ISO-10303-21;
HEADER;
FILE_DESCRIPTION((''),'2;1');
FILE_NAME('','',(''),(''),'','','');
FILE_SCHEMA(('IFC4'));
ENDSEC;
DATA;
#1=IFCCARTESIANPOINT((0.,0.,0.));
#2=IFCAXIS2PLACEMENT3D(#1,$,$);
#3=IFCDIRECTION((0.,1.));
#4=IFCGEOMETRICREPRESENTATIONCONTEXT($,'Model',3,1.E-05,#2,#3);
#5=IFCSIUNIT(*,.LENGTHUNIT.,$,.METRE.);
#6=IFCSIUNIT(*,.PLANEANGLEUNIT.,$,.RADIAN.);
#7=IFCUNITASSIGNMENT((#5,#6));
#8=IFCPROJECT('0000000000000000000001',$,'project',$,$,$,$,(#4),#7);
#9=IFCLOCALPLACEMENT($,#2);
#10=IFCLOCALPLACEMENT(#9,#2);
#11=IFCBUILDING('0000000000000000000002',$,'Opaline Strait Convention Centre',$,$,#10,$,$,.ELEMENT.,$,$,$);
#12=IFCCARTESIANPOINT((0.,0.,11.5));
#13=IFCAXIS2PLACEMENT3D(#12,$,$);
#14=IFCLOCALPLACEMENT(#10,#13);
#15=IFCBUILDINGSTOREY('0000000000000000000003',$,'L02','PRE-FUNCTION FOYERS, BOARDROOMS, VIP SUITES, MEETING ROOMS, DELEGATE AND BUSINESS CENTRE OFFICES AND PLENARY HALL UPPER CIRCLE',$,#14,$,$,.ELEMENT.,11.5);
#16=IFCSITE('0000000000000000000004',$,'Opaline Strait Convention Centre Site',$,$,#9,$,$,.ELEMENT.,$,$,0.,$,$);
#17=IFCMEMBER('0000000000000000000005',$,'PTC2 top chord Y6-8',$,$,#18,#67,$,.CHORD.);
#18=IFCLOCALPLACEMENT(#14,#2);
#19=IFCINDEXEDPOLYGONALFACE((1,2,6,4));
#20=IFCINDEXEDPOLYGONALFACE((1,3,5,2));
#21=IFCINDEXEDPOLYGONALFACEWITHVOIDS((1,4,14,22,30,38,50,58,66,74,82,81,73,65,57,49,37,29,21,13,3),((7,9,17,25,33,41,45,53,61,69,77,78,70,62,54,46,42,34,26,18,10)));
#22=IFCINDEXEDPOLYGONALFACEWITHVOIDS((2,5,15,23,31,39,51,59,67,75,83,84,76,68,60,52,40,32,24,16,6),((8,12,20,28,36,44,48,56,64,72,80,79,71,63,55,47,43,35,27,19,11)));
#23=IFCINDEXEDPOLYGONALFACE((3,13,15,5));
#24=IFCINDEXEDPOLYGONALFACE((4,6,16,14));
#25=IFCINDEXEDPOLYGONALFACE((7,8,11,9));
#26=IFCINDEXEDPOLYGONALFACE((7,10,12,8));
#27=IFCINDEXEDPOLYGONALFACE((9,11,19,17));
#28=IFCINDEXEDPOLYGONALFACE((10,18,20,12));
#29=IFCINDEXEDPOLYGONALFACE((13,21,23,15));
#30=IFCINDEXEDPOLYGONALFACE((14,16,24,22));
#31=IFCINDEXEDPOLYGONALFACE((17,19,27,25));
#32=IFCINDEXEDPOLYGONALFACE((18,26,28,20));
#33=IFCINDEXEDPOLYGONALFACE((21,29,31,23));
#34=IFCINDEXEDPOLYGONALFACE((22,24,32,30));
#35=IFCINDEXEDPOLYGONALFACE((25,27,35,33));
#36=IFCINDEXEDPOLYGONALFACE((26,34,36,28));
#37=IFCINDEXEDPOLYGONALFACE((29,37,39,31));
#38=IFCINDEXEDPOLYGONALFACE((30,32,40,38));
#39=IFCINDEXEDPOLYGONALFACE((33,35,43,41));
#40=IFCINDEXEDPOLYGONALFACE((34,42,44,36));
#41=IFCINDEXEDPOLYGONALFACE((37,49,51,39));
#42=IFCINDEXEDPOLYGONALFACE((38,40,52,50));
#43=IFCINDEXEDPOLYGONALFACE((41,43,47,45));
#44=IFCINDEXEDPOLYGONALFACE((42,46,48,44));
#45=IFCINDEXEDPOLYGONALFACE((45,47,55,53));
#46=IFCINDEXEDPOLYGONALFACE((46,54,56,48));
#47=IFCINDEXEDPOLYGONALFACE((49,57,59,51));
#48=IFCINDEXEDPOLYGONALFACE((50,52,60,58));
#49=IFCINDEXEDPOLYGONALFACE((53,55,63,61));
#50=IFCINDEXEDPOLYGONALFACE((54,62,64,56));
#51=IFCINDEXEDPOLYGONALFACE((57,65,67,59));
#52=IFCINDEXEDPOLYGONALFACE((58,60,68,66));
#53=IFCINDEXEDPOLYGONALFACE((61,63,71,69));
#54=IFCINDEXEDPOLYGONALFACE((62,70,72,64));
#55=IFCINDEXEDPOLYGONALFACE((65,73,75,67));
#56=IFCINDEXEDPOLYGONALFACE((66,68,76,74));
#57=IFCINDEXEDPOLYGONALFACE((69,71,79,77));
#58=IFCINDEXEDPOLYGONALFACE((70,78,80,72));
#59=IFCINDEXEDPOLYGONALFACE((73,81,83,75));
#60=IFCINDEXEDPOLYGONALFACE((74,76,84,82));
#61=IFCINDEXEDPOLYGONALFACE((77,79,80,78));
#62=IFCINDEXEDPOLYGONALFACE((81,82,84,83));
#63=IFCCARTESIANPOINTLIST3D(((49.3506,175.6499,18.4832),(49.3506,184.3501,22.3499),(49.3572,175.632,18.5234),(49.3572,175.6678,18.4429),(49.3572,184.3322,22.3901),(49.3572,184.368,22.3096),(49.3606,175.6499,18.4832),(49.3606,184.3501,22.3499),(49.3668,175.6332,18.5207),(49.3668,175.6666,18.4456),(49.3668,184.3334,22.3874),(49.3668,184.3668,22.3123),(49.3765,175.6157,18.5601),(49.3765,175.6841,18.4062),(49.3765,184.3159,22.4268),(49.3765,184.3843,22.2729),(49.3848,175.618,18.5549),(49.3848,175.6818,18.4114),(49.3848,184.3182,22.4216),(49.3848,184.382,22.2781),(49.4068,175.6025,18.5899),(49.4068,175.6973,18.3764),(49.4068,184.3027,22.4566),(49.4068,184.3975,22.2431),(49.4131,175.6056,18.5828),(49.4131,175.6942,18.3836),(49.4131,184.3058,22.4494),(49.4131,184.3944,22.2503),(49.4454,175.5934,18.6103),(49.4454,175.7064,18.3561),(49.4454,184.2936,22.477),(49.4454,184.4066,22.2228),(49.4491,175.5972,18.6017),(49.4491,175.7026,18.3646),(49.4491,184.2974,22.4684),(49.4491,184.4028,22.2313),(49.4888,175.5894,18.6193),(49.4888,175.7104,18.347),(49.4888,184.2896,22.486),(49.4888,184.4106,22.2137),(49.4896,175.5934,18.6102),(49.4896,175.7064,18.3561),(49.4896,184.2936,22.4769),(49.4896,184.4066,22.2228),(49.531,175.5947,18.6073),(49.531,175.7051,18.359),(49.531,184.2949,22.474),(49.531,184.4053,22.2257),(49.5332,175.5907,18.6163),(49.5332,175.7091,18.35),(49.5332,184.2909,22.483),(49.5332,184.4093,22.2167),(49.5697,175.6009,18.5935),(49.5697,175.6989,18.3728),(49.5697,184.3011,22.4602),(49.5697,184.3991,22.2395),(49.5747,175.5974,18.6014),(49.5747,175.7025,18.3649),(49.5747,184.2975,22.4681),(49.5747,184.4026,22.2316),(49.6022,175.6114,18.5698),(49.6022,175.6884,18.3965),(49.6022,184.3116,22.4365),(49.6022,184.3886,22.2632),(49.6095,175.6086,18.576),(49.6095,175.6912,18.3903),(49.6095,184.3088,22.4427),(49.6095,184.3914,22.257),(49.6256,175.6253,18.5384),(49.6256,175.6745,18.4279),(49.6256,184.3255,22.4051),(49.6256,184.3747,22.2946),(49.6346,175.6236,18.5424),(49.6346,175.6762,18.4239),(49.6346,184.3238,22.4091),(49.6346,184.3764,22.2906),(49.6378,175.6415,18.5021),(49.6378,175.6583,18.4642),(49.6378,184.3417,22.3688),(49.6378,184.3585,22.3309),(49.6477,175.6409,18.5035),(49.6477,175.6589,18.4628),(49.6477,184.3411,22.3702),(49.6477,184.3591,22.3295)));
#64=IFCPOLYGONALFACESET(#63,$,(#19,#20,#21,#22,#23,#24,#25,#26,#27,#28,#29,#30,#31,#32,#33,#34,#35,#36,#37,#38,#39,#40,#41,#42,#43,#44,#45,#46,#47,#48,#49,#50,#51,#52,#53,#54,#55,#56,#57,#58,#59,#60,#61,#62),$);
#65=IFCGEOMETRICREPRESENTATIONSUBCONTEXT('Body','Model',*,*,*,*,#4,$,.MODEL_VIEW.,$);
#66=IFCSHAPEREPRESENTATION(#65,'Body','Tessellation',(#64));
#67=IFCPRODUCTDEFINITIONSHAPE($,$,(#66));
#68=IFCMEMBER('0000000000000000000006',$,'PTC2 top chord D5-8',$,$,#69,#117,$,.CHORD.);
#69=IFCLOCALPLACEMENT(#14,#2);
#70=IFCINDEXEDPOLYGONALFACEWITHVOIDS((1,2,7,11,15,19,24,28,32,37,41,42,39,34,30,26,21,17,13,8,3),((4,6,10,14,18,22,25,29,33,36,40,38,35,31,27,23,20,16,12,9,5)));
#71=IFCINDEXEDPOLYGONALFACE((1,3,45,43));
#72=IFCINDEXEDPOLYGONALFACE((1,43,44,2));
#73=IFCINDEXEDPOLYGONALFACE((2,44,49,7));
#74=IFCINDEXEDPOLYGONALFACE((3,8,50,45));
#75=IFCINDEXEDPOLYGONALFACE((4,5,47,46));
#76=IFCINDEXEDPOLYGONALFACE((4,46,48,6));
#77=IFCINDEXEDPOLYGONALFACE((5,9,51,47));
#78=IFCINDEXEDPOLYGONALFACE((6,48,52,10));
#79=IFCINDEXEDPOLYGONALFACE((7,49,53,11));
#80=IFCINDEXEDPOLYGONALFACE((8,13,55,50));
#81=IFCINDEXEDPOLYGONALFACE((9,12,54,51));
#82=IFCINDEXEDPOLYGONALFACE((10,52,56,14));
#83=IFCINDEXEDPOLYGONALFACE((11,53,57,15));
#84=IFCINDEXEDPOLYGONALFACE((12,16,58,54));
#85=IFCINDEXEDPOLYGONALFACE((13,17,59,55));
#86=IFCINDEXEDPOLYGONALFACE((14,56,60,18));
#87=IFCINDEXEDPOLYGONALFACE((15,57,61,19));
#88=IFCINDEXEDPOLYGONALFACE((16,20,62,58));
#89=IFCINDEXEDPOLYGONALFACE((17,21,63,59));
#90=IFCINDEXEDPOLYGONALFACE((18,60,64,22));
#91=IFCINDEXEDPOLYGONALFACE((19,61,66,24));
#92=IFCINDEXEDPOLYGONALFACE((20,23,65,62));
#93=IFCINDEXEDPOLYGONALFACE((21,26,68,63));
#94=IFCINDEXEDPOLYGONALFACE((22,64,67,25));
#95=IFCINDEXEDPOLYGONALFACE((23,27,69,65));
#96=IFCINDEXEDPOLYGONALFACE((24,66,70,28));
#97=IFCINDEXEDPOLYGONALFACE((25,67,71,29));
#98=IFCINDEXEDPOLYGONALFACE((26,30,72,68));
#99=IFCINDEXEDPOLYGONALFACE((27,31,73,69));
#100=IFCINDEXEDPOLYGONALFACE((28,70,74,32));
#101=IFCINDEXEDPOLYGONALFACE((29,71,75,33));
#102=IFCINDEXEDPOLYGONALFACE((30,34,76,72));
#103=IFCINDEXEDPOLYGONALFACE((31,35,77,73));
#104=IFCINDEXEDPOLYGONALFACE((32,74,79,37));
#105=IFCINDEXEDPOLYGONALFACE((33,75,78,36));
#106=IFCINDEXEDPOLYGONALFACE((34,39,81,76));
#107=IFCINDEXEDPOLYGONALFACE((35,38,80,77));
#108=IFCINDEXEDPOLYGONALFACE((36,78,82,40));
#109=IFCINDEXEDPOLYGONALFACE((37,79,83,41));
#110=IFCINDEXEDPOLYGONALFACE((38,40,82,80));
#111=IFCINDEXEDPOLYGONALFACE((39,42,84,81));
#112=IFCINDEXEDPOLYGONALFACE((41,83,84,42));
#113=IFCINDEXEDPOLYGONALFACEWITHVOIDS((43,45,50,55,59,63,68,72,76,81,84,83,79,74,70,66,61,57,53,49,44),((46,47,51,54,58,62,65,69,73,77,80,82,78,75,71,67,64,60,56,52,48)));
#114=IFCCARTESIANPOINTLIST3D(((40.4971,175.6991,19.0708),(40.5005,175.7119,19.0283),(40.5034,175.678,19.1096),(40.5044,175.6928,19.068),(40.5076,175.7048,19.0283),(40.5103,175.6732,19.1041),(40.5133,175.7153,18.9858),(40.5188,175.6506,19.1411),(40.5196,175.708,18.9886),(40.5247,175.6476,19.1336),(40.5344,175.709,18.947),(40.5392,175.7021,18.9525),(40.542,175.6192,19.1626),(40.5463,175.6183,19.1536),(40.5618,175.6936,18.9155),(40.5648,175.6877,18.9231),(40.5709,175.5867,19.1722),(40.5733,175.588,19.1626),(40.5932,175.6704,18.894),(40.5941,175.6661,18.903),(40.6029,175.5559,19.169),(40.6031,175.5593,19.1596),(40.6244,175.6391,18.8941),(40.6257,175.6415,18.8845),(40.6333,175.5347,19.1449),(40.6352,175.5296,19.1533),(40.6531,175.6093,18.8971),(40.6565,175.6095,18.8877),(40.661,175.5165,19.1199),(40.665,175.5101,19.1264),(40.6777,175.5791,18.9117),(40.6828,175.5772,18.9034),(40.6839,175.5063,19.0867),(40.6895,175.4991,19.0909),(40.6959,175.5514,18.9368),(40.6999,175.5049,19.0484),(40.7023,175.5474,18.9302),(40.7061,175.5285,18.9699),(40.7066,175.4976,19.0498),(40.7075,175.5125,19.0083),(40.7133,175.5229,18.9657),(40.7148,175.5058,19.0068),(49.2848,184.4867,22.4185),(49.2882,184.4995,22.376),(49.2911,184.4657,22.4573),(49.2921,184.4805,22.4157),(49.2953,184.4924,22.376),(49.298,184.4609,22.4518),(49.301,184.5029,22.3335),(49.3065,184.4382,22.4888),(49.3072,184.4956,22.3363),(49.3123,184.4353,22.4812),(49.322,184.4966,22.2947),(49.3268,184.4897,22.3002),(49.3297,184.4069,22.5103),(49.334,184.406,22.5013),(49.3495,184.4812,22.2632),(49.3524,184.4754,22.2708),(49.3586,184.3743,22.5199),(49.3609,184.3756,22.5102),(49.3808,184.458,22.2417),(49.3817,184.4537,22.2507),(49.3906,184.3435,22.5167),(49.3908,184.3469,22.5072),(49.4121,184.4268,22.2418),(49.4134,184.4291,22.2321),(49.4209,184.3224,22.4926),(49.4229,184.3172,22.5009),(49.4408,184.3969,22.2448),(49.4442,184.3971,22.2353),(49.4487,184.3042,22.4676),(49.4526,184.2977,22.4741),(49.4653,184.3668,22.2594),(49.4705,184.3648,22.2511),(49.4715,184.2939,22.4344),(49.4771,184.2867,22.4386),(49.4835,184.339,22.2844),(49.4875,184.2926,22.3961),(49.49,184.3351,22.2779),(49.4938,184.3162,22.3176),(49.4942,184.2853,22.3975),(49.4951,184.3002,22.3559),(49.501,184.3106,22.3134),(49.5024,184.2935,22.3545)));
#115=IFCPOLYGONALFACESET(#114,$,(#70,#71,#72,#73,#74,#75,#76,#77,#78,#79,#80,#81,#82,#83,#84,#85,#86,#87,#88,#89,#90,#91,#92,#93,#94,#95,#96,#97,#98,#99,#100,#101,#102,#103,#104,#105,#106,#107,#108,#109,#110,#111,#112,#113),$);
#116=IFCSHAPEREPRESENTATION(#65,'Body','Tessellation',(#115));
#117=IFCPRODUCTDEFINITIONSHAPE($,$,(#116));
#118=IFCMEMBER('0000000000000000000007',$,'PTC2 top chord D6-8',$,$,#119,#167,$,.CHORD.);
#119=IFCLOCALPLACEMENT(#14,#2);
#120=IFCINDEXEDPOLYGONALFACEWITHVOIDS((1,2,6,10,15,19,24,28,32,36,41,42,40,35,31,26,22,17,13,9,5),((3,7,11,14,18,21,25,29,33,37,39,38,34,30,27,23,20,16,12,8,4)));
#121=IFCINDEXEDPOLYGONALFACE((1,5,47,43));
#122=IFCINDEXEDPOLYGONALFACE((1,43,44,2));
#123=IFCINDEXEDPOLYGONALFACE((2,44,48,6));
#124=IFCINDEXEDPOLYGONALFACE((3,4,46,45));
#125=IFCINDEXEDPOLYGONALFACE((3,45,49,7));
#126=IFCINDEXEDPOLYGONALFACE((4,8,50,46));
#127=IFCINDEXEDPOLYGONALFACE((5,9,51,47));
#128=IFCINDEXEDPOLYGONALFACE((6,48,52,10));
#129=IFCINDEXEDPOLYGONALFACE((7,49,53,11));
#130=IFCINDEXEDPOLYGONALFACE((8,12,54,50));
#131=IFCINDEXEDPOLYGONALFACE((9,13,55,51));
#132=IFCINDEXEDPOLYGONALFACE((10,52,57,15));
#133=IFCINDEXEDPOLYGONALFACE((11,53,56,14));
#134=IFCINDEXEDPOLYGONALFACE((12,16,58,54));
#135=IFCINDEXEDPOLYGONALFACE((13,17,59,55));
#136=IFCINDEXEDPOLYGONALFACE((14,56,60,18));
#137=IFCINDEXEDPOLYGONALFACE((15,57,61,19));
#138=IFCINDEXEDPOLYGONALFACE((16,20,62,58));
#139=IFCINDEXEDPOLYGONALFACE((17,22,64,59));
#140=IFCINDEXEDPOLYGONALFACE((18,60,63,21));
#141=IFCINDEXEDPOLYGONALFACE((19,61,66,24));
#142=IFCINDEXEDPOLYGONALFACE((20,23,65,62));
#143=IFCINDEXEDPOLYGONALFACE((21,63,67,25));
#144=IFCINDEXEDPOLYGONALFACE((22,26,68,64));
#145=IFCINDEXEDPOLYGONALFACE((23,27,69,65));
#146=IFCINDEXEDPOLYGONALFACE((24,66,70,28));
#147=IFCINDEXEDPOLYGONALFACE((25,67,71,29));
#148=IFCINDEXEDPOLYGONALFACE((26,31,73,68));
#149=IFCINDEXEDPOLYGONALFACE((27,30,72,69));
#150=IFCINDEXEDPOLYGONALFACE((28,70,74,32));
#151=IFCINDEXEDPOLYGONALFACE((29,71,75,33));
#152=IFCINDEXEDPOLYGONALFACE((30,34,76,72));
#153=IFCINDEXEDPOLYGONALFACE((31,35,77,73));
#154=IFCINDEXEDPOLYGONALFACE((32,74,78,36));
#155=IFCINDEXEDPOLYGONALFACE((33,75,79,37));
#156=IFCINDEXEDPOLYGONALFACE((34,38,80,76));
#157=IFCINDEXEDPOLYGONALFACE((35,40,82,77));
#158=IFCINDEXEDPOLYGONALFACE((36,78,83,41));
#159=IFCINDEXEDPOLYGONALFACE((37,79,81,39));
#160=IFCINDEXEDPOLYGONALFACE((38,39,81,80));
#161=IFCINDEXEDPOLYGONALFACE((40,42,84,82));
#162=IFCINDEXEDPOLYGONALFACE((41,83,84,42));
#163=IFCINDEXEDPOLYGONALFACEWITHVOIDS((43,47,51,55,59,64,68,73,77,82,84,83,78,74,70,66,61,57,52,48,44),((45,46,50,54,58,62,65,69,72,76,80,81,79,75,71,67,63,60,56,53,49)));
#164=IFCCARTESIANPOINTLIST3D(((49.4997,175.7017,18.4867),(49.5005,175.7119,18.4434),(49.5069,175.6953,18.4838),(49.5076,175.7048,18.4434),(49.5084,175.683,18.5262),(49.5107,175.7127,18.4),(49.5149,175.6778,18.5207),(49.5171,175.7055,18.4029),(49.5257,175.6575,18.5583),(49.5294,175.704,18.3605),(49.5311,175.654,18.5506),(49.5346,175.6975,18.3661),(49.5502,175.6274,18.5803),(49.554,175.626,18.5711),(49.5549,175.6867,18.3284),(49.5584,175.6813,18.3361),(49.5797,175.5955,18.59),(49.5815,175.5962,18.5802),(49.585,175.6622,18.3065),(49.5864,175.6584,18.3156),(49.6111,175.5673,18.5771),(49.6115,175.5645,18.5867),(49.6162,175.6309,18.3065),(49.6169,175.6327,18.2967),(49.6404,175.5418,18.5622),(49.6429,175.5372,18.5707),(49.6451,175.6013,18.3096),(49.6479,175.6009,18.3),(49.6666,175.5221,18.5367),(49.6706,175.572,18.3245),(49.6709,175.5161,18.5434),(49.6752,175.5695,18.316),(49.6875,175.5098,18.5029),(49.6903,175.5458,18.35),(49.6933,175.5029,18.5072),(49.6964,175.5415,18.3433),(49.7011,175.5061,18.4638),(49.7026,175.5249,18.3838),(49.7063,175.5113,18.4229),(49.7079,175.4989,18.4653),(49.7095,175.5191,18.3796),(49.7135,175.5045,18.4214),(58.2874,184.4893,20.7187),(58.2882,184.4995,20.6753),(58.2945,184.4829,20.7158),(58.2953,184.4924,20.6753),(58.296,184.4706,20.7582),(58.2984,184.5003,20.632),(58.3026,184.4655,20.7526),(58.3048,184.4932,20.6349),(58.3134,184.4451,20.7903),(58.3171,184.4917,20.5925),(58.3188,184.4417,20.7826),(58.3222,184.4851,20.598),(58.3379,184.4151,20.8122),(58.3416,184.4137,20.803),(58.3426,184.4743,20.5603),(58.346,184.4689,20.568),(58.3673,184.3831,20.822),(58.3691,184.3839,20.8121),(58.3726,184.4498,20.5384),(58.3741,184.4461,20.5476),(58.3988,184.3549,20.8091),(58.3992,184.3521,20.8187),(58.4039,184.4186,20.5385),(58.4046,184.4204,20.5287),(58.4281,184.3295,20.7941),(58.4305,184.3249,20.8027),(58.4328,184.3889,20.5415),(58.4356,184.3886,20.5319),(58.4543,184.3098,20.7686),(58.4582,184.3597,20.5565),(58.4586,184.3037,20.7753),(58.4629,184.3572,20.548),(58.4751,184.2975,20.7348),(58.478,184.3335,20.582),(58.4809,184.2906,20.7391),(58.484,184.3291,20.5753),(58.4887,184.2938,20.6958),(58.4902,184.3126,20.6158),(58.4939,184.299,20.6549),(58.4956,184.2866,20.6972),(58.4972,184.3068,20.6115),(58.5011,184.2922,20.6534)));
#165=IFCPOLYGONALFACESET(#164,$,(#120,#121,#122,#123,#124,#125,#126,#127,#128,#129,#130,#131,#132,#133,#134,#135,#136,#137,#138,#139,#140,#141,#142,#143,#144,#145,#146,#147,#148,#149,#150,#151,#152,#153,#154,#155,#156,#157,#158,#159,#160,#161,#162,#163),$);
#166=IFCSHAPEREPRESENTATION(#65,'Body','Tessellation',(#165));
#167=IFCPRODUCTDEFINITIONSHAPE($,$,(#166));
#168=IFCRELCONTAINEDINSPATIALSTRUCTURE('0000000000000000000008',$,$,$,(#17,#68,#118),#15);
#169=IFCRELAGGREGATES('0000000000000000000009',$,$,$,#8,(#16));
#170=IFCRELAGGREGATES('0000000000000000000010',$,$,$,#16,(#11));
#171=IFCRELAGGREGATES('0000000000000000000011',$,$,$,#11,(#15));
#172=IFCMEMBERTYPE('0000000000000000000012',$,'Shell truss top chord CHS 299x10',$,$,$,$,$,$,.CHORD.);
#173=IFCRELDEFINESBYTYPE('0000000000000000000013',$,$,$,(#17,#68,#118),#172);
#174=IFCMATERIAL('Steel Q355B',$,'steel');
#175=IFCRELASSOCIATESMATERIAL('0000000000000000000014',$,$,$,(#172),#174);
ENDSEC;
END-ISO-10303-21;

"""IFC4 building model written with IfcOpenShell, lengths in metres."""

from ifc_helpers import new_model, si_unit, direction, frame, origin, origin_2d, place, context, subcontext, project, spatial, hollow_circle, extrude, material, material_profile, profile_set, type_object, element, save


model = new_model("IFC4")

# Units and contexts
model_context = context("Model", 3, precision=1e-05, world=origin(), true_north=direction((0.0, 1.0)))
body_context = subcontext(model_context, "Body", "Model", "MODEL_VIEW")
ifc_project = project(units=[si_unit("LENGTHUNIT", "METRE"), si_unit("PLANEANGLEUNIT", "RADIAN")], contexts=[model_context])

# Site, building, storey
site_placement = place(None, origin())
site = spatial("IfcSite", under=ifc_project, at=site_placement, Name="Opaline Strait Convention Centre Site", CompositionType="ELEMENT", RefElevation=0.0)
building_placement = place(site_placement, origin())
building = spatial("IfcBuilding", under=site, at=building_placement, Name="Opaline Strait Convention Centre", CompositionType="ELEMENT")
storey_placement = place(building_placement, frame((0.0, 0.0, 11.5)))
storey = spatial("IfcBuildingStorey", under=building, at=storey_placement, Name="L02", Description="PRE-FUNCTION FOYERS, BOARDROOMS, VIP SUITES, MEETING ROOMS, DELEGATE AND BUSINESS CENTRE OFFICES AND PLENARY HALL UPPER CIRCLE", CompositionType="ELEMENT", Elevation=11.5)

# Members
ifc_material_1 = material(Name="Steel Q355B", Category="steel")
ifc_material_profile_1 = material_profile(ifc_material_1, hollow_circle(Radius=0.1494, WallThickness=0.01, at=origin_2d()), Name="CHS 299x10")
ifc_profile_set_1 = profile_set([ifc_material_profile_1], Name="Steel Q355B")
member_type_1 = type_object("IfcMemberType", Name="Shell truss top chord CHS 299x10", PredefinedType="CHORD", material=ifc_profile_set_1)
for number, where, z_axis, x_axis, name in (
    (1, (49.5, 175.6499, 18.4832), (0.0, 0.913814, 0.406134), (-1.0, 0.0, 0.0), "PTC2 top chord Y6-8"),
):
    element("IfcMember", number, at=place(storey_placement, frame(where, z_axis=z_axis, x_axis=x_axis)), inside=storey, type_object=member_type_1, Name=name, PredefinedType="CHORD", context=body_context, shape_type="SweptSolid", body=[
        extrude(hollow_circle(Radius=0.1494, WallThickness=0.01, at=origin_2d()), origin(), (0.0, 0.0, 1.0), 9.5208),
    ])
member_1_placement = place(storey_placement, frame((40.6062, 175.6062, 19.0283), z_axis=(0.682769, 0.682769, 0.260102), x_axis=(-0.707107, 0.707107, 0.0)))
element("IfcMember", 2, at=member_1_placement, inside=storey, type_object=member_type_1, Name="PTC2 top chord D5-8", PredefinedType="CHORD", context=body_context, shape_type="SweptSolid", body=[
    extrude(hollow_circle(Radius=0.1494, WallThickness=0.01, at=origin_2d()), origin(), (0.0, 0.0, 1.0), 12.8706),
])
member_2_placement = place(storey_placement, frame((49.6062, 175.6062, 18.4434), z_axis=(0.695972, 0.695972, 0.176768), x_axis=(-0.707107, 0.707107, 0.0)))
element("IfcMember", 3, at=member_2_placement, inside=storey, type_object=member_type_1, Name="PTC2 top chord D6-8", PredefinedType="CHORD", context=body_context, shape_type="SweptSolid", body=[
    extrude(hollow_circle(Radius=0.1494, WallThickness=0.01, at=origin_2d()), origin(), (0.0, 0.0, 1.0), 12.6265),
])

save(model, "model.ifc")
